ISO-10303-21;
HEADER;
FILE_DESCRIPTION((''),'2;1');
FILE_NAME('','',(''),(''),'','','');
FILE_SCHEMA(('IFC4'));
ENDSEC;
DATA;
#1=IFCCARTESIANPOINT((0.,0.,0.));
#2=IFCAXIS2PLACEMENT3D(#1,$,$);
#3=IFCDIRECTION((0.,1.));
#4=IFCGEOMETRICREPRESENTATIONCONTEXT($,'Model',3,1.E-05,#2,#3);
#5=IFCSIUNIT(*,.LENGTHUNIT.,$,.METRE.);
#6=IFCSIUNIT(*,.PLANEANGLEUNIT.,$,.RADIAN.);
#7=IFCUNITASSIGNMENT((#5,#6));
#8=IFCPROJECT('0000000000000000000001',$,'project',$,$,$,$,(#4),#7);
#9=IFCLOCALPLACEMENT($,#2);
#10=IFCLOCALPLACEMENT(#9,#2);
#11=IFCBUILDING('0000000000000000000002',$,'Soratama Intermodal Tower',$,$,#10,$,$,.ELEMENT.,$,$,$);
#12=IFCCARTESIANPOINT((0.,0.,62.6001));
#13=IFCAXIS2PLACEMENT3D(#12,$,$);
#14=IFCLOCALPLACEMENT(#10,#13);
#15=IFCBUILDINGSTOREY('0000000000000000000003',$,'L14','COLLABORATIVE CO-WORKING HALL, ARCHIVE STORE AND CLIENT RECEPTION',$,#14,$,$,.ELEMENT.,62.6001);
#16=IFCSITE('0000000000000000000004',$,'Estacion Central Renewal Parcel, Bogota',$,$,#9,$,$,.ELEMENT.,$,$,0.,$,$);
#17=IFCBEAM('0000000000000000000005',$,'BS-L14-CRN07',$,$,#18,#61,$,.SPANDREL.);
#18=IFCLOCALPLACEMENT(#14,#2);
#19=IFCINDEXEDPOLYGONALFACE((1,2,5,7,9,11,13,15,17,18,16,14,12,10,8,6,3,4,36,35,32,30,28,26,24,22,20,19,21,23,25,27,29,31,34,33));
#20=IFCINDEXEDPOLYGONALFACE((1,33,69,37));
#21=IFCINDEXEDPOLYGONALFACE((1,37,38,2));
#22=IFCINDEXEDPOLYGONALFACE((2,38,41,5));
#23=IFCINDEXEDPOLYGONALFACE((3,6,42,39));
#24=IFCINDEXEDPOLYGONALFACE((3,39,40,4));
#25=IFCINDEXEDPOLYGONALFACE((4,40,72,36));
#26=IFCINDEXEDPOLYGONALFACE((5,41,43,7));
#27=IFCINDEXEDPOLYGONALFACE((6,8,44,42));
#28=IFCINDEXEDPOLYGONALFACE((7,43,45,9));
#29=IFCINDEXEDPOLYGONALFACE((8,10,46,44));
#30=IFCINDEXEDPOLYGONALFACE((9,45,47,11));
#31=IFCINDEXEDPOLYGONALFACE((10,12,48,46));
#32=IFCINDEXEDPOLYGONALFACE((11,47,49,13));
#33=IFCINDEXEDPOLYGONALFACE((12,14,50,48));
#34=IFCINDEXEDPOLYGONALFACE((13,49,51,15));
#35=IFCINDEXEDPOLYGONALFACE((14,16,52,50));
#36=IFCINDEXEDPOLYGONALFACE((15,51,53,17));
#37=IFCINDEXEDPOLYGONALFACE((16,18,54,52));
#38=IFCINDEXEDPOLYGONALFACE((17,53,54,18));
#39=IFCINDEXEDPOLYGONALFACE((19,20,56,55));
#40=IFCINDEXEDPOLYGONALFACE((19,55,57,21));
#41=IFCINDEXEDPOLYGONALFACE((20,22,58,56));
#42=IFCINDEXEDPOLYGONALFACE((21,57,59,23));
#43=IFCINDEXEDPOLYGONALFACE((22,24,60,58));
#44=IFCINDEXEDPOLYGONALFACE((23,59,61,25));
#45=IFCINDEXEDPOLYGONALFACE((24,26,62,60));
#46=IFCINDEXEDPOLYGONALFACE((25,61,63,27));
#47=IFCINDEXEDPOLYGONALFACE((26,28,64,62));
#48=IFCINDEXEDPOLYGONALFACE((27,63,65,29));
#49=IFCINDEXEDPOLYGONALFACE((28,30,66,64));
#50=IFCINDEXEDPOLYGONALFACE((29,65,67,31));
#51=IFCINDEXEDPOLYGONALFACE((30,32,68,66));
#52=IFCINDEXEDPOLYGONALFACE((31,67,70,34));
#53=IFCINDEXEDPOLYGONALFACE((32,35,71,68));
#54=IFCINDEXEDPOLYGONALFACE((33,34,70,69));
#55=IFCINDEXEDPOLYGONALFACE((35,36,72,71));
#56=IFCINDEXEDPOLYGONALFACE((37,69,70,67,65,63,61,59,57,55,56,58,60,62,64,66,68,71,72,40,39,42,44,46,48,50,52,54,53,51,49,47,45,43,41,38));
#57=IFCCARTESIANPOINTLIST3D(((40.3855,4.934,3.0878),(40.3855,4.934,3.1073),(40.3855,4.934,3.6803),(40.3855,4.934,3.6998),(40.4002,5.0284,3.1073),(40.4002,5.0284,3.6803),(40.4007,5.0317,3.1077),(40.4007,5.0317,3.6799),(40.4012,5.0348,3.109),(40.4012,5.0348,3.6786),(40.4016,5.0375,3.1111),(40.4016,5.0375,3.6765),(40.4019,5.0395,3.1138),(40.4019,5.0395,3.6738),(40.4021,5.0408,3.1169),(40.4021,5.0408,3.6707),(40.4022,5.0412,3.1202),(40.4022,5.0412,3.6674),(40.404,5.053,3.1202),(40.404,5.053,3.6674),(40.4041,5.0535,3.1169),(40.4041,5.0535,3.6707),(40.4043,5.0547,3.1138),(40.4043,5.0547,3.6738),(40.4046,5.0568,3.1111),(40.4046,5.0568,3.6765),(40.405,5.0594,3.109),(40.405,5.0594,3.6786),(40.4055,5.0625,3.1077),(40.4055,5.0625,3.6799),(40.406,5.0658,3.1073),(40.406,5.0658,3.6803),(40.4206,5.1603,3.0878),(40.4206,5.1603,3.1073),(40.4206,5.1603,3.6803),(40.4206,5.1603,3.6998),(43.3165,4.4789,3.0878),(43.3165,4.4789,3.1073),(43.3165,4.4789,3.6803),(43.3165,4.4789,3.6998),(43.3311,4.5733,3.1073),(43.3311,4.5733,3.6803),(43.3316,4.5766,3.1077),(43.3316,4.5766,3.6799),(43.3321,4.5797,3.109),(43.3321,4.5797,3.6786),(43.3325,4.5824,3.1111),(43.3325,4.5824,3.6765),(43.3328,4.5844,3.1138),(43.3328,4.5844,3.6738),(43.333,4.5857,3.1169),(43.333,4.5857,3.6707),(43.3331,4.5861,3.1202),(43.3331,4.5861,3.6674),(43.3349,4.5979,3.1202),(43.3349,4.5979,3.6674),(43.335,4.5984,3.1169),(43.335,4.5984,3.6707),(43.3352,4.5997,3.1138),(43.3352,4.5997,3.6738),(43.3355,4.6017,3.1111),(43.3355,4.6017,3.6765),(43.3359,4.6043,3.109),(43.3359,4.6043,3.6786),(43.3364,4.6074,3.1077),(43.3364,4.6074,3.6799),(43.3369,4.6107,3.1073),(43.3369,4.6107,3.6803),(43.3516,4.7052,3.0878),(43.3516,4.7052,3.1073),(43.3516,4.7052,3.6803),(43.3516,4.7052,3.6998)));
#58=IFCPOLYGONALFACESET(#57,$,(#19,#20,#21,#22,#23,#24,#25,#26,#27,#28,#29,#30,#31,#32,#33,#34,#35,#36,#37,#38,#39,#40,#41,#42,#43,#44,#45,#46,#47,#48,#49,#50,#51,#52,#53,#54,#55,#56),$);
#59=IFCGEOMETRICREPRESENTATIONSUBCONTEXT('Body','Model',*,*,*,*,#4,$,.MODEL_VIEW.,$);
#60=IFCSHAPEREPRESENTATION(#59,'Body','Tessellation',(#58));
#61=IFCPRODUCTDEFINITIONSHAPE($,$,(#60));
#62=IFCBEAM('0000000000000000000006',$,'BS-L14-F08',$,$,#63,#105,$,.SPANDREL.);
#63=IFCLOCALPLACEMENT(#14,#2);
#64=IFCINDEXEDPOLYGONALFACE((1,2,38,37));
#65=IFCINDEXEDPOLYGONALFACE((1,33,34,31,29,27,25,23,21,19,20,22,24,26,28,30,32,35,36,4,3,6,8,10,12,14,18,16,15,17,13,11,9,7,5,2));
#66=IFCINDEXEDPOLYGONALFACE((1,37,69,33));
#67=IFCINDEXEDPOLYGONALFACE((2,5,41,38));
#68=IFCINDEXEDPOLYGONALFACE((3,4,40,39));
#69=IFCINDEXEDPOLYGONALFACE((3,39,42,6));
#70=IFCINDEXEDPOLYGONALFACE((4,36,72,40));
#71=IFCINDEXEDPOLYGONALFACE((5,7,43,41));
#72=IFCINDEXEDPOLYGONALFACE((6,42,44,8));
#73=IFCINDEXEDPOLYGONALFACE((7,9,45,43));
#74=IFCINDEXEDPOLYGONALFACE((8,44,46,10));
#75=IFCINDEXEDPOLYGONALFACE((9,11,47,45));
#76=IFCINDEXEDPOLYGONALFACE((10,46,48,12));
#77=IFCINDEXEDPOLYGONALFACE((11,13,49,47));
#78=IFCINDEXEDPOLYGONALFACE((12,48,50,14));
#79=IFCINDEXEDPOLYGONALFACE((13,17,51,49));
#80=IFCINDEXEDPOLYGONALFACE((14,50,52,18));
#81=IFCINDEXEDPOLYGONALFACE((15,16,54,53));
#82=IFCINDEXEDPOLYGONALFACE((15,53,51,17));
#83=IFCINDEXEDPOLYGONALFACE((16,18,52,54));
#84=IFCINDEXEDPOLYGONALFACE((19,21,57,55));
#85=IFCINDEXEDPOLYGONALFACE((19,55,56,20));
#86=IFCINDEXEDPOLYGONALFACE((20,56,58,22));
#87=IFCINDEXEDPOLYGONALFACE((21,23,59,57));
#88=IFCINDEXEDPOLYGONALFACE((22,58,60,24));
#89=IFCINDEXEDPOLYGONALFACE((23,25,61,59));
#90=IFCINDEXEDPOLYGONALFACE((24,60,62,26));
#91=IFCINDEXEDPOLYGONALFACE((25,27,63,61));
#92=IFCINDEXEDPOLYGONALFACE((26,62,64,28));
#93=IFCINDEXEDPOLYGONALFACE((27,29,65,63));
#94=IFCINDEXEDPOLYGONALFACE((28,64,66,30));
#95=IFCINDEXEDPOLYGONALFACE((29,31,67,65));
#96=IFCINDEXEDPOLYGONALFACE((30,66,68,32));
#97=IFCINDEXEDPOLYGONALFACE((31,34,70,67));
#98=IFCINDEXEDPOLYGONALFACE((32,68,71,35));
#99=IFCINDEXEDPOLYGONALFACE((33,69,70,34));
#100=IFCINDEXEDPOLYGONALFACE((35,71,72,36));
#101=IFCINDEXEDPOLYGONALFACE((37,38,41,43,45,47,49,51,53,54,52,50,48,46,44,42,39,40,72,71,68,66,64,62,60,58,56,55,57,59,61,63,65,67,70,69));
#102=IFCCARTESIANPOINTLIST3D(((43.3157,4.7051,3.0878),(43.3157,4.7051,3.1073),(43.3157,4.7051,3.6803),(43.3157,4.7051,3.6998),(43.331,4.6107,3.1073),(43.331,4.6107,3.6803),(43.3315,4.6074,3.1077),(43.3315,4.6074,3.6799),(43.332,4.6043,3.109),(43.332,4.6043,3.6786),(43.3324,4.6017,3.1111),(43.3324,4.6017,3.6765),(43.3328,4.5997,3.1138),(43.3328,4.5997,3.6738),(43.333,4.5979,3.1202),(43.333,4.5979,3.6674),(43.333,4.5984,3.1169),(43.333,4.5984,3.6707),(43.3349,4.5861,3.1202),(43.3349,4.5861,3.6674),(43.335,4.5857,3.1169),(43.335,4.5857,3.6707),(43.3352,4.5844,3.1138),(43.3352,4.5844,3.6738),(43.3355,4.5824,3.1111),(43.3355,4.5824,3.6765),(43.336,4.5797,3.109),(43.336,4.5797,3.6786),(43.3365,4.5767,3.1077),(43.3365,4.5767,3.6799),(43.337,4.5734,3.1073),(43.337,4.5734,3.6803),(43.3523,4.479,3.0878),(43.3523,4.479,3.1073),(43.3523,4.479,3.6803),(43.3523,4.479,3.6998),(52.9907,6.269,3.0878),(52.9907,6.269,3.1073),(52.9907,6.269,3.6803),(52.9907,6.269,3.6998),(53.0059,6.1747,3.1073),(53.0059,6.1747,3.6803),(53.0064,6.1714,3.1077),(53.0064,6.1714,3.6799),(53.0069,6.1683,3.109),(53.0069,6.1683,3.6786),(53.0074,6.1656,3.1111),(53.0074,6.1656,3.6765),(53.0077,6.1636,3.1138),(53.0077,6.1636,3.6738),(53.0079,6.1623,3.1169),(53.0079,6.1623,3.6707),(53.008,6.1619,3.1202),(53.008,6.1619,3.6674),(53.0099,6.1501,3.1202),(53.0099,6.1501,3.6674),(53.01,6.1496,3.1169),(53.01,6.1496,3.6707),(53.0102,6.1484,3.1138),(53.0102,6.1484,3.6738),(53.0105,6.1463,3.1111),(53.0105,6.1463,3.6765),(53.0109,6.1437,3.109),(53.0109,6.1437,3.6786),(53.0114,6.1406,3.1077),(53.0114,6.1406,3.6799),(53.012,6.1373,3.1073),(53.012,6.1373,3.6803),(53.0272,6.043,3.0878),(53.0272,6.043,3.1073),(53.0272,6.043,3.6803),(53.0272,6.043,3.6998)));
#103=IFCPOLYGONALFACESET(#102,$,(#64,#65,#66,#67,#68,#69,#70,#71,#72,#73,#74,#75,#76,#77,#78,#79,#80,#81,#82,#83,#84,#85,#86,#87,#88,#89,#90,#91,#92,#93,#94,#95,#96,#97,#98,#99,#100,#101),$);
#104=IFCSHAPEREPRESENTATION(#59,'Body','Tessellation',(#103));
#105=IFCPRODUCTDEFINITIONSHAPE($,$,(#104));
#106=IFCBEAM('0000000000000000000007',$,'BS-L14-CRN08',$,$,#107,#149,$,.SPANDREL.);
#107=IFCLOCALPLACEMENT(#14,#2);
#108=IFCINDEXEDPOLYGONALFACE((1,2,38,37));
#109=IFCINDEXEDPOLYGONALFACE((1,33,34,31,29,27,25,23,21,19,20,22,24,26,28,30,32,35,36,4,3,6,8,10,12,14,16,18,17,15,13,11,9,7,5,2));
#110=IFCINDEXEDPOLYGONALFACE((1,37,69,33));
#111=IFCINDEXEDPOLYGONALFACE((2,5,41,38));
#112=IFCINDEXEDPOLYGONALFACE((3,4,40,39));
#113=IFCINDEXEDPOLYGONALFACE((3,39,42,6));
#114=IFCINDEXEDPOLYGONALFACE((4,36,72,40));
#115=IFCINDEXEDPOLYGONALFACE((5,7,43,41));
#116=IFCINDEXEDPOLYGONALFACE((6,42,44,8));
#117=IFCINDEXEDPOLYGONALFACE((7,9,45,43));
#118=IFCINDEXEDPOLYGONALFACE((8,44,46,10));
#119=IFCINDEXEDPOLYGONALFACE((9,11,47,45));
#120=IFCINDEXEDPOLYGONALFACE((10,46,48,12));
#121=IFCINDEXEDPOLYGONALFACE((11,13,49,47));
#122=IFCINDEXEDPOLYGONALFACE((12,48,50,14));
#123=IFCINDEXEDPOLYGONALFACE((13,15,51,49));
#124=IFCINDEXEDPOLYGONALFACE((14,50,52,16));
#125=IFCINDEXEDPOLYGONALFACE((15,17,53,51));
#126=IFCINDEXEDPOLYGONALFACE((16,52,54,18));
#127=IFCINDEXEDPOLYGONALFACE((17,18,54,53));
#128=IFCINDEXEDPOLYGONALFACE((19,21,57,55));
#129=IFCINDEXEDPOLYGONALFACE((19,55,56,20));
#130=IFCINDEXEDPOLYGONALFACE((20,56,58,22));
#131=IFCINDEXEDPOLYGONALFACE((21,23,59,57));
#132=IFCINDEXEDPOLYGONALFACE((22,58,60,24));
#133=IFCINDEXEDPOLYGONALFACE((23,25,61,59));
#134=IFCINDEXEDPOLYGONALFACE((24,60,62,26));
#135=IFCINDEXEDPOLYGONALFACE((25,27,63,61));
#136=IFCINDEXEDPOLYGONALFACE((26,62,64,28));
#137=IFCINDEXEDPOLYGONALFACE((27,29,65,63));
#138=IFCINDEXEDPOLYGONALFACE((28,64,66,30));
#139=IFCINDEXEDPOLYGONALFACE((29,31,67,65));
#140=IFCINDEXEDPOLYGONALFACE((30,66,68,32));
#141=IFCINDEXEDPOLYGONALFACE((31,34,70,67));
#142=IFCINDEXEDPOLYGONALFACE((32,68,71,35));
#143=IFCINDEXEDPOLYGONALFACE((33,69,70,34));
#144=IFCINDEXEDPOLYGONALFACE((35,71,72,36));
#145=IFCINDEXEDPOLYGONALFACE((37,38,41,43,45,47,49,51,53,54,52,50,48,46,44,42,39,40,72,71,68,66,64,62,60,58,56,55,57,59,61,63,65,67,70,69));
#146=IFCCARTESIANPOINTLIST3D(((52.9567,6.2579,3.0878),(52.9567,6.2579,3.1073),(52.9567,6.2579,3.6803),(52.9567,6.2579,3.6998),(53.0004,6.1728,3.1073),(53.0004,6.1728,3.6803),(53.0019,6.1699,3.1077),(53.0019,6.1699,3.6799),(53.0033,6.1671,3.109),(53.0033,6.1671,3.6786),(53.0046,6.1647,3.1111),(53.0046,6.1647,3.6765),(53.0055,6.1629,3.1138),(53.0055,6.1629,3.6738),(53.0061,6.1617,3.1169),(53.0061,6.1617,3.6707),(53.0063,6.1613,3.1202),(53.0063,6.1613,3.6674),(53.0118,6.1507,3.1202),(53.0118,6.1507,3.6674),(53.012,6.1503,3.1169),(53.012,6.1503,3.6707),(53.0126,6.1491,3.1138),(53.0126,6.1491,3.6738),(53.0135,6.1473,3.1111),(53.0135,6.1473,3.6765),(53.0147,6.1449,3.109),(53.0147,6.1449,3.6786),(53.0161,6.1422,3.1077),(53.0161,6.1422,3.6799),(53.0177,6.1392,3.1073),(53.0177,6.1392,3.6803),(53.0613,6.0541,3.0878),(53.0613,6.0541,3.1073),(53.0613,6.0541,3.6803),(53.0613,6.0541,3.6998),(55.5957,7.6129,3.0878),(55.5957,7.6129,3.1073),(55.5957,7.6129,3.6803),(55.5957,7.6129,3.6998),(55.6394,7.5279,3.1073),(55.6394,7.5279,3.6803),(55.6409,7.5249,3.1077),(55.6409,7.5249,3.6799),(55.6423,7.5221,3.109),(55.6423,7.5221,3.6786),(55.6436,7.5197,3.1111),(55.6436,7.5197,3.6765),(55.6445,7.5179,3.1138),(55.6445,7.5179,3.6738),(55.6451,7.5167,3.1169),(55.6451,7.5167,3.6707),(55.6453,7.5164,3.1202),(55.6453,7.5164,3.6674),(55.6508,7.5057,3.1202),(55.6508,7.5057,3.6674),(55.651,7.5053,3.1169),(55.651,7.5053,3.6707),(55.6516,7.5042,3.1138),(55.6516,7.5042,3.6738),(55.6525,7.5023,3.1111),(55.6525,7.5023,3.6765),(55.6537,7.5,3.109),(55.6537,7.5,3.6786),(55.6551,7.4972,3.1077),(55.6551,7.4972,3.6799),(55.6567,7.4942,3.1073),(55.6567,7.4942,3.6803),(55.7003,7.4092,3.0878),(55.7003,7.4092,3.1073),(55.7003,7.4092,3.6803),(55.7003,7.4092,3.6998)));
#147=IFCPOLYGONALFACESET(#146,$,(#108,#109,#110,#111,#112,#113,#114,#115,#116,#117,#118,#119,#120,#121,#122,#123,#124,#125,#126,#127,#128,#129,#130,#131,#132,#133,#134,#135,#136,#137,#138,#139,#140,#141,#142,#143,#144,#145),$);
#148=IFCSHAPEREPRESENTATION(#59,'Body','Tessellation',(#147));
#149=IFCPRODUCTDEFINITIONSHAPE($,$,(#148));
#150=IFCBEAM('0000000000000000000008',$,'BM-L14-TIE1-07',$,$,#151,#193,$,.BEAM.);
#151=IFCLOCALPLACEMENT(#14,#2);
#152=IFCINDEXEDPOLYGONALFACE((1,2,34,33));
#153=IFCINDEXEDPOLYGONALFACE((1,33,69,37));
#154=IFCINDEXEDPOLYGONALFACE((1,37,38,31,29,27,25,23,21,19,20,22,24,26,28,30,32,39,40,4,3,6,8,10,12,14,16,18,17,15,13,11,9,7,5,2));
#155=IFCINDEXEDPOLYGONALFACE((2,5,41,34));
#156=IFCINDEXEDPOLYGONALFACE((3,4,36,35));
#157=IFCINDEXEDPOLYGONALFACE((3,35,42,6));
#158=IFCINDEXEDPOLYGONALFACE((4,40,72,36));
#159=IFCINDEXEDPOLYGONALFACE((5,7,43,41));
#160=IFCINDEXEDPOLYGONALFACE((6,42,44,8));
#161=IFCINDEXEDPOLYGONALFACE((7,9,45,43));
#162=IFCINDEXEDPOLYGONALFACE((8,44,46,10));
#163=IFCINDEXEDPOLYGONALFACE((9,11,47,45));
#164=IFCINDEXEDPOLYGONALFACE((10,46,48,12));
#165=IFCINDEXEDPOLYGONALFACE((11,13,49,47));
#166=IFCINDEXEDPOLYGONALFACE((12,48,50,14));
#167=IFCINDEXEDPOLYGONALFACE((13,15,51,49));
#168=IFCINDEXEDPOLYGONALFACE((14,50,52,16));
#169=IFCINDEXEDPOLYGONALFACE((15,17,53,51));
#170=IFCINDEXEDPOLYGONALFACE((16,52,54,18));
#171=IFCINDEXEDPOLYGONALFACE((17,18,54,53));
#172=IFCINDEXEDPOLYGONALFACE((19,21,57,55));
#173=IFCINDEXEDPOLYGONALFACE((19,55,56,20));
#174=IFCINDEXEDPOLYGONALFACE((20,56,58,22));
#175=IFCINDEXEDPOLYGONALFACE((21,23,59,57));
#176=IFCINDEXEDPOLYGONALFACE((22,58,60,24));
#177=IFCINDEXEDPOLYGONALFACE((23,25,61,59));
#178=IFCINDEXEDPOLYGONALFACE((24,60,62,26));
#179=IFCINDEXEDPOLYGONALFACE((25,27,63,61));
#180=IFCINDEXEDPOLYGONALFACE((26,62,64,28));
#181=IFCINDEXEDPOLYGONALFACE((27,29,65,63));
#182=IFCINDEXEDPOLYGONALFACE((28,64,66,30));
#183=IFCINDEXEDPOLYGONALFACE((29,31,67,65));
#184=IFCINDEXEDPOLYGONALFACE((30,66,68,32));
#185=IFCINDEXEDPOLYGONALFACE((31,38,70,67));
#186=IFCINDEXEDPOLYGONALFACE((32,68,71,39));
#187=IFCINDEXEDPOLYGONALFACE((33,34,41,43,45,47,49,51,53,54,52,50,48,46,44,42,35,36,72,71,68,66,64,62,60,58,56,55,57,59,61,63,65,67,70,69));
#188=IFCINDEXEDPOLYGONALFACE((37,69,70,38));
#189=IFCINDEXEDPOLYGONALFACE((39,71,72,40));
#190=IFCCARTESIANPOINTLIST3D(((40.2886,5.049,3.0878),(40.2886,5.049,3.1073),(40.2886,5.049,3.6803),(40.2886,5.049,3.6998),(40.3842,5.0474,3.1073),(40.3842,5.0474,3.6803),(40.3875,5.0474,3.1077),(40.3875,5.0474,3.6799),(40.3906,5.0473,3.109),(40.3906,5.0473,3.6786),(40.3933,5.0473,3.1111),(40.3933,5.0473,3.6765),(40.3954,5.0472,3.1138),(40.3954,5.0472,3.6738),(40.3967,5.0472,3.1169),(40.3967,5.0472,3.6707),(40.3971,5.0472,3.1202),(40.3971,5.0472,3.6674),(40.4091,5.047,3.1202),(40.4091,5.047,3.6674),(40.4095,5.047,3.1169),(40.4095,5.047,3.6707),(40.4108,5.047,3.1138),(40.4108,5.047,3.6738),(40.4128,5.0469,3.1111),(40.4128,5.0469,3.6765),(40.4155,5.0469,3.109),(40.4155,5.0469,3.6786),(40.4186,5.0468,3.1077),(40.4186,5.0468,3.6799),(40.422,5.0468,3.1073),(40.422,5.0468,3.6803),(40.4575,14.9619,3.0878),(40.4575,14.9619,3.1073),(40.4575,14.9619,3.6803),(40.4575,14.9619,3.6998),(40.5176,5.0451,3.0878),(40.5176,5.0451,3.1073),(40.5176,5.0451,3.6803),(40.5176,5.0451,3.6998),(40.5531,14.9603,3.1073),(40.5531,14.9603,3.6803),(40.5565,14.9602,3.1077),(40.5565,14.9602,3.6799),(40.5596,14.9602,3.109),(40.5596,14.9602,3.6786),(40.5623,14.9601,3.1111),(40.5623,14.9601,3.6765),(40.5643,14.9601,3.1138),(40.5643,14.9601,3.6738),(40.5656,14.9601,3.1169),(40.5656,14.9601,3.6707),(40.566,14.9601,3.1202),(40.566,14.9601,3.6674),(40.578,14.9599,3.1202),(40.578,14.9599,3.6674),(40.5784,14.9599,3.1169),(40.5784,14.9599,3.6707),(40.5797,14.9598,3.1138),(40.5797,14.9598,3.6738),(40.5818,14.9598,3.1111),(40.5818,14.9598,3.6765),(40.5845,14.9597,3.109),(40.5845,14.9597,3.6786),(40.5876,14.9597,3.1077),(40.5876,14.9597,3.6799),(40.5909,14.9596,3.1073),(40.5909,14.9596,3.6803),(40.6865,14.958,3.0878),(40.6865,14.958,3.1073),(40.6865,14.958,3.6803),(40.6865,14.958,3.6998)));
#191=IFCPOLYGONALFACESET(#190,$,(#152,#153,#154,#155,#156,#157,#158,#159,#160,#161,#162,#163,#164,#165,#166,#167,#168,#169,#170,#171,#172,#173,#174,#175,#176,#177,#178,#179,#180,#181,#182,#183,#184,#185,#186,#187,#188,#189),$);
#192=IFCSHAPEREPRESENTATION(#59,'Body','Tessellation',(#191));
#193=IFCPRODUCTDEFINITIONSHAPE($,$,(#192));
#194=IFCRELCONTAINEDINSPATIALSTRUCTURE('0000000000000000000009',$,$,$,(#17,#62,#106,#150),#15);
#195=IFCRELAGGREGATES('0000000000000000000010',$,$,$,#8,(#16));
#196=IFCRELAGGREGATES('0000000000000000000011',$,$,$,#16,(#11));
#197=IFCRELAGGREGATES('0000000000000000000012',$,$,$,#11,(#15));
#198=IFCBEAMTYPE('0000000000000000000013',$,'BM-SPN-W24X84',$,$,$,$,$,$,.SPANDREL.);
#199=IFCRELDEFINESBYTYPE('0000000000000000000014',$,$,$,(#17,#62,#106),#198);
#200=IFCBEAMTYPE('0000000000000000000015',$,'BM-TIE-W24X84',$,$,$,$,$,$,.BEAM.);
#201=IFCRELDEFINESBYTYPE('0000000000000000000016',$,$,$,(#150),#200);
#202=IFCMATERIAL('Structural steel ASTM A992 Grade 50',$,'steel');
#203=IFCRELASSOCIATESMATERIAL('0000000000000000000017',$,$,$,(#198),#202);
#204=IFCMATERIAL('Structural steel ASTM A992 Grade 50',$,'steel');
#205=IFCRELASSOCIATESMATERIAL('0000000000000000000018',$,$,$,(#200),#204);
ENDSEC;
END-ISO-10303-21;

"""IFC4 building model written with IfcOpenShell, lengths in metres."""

from ifc_helpers import new_model, si_unit, direction, frame, origin, origin_2d, place, context, subcontext, project, spatial, i_section, extrude, material, material_profile, profile_set, type_object, element, save


model = new_model("IFC4")

# Units and contexts
model_context = context("Model", 3, precision=1e-05, world=origin(), true_north=direction((0.0, 1.0)))
body_context = subcontext(model_context, "Body", "Model", "MODEL_VIEW")
ifc_project = project(units=[si_unit("LENGTHUNIT", "METRE"), si_unit("PLANEANGLEUNIT", "RADIAN")], contexts=[model_context])

# Site, building, storey
site_placement = place(None, origin())
site = spatial("IfcSite", under=ifc_project, at=site_placement, Name="Estacion Central Renewal Parcel, Bogota", CompositionType="ELEMENT", RefElevation=0.0)
building_placement = place(site_placement, origin())
building = spatial("IfcBuilding", under=site, at=building_placement, Name="Soratama Intermodal Tower", CompositionType="ELEMENT")
storey_placement = place(building_placement, frame((0.0, 0.0, 62.6001)))
storey = spatial("IfcBuildingStorey", under=building, at=storey_placement, Name="L14", Description="COLLABORATIVE CO-WORKING HALL, ARCHIVE STORE AND CLIENT RECEPTION", CompositionType="ELEMENT", Elevation=62.6001)

# Beams
ifc_material_1 = material(Name="Structural steel ASTM A992 Grade 50", Category="steel")
ifc_material_profile_1 = material_profile(ifc_material_1, i_section(OverallWidth=0.229, OverallDepth=0.6121, WebThickness=0.012, FlangeThickness=0.0195, FilletRadius=0.0129, at=origin_2d()), Name="W24X84")
ifc_profile_set_1 = profile_set([ifc_material_profile_1], Name="Structural steel ASTM A992 Grade 50")
beam_type_1 = type_object("IfcBeamType", Name="BM-SPN-W24X84", PredefinedType="SPANDREL", material=ifc_profile_set_1)
beam_1_placement = place(storey_placement, frame((40.4031, 5.0471, 3.3938), z_axis=(0.988159, -0.15343, 0.0), x_axis=(0.15343, 0.988159, 0.0)))
element("IfcBeam", 1, at=beam_1_placement, inside=storey, type_object=beam_type_1, Name="BS-L14-CRN07", PredefinedType="SPANDREL", context=body_context, shape_type="SweptSolid", body=[
    extrude(i_section(OverallWidth=0.229, OverallDepth=0.6121, WebThickness=0.012, FlangeThickness=0.0195, FilletRadius=0.0129, at=origin_2d()), origin(), (0.0, 0.0, 1.0), 2.9661),
])
beam_2_placement = place(storey_placement, frame((43.334, 4.592, 3.3938), z_axis=(0.987185, 0.159578, 0.0), x_axis=(-0.159578, 0.987185, 0.0)))
element("IfcBeam", 2, at=beam_2_placement, inside=storey, type_object=beam_type_1, Name="BS-L14-F08", PredefinedType="SPANDREL", context=body_context, shape_type="SweptSolid", body=[
    extrude(i_section(OverallWidth=0.229, OverallDepth=0.6121, WebThickness=0.012, FlangeThickness=0.0195, FilletRadius=0.0129, at=origin_2d()), origin(), (0.0, 0.0, 1.0), 9.8005),
])
beam_3_placement = place(storey_placement, frame((53.009, 6.156, 3.3938), z_axis=(0.889586, 0.456768, 0.0), x_axis=(-0.456768, 0.889586, 0.0)))
element("IfcBeam", 3, at=beam_3_placement, inside=storey, type_object=beam_type_1, Name="BS-L14-CRN08", PredefinedType="SPANDREL", context=body_context, shape_type="SweptSolid", body=[
    extrude(i_section(OverallWidth=0.229, OverallDepth=0.6121, WebThickness=0.012, FlangeThickness=0.0195, FilletRadius=0.0129, at=origin_2d()), origin(), (0.0, 0.0, 1.0), 2.9666),
])
ifc_material_2 = material(Name="Structural steel ASTM A992 Grade 50", Category="steel")
ifc_material_profile_2 = material_profile(ifc_material_2, i_section(OverallWidth=0.229, OverallDepth=0.6121, WebThickness=0.012, FlangeThickness=0.0195, FilletRadius=0.0129, at=origin_2d()), Name="W24X84")
ifc_profile_set_2 = profile_set([ifc_material_profile_2], Name="Structural steel ASTM A992 Grade 50")
beam_type_2 = type_object("IfcBeamType", Name="BM-TIE-W24X84", PredefinedType="BEAM", material=ifc_profile_set_2)
beam_4_placement = place(storey_placement, frame((40.572, 14.96, 3.3938), z_axis=(-0.017041, -0.999855, 0.0), x_axis=(0.999855, -0.017041, 0.0)))
element("IfcBeam", 4, at=beam_4_placement, inside=storey, type_object=beam_type_2, Name="BM-L14-TIE1-07", PredefinedType="BEAM", context=body_context, shape_type="SweptSolid", body=[
    extrude(i_section(OverallWidth=0.229, OverallDepth=0.6121, WebThickness=0.012, FlangeThickness=0.0195, FilletRadius=0.0129, at=origin_2d()), origin(), (0.0, 0.0, 1.0), 9.9143),
])

save(model, "model.ifc")
